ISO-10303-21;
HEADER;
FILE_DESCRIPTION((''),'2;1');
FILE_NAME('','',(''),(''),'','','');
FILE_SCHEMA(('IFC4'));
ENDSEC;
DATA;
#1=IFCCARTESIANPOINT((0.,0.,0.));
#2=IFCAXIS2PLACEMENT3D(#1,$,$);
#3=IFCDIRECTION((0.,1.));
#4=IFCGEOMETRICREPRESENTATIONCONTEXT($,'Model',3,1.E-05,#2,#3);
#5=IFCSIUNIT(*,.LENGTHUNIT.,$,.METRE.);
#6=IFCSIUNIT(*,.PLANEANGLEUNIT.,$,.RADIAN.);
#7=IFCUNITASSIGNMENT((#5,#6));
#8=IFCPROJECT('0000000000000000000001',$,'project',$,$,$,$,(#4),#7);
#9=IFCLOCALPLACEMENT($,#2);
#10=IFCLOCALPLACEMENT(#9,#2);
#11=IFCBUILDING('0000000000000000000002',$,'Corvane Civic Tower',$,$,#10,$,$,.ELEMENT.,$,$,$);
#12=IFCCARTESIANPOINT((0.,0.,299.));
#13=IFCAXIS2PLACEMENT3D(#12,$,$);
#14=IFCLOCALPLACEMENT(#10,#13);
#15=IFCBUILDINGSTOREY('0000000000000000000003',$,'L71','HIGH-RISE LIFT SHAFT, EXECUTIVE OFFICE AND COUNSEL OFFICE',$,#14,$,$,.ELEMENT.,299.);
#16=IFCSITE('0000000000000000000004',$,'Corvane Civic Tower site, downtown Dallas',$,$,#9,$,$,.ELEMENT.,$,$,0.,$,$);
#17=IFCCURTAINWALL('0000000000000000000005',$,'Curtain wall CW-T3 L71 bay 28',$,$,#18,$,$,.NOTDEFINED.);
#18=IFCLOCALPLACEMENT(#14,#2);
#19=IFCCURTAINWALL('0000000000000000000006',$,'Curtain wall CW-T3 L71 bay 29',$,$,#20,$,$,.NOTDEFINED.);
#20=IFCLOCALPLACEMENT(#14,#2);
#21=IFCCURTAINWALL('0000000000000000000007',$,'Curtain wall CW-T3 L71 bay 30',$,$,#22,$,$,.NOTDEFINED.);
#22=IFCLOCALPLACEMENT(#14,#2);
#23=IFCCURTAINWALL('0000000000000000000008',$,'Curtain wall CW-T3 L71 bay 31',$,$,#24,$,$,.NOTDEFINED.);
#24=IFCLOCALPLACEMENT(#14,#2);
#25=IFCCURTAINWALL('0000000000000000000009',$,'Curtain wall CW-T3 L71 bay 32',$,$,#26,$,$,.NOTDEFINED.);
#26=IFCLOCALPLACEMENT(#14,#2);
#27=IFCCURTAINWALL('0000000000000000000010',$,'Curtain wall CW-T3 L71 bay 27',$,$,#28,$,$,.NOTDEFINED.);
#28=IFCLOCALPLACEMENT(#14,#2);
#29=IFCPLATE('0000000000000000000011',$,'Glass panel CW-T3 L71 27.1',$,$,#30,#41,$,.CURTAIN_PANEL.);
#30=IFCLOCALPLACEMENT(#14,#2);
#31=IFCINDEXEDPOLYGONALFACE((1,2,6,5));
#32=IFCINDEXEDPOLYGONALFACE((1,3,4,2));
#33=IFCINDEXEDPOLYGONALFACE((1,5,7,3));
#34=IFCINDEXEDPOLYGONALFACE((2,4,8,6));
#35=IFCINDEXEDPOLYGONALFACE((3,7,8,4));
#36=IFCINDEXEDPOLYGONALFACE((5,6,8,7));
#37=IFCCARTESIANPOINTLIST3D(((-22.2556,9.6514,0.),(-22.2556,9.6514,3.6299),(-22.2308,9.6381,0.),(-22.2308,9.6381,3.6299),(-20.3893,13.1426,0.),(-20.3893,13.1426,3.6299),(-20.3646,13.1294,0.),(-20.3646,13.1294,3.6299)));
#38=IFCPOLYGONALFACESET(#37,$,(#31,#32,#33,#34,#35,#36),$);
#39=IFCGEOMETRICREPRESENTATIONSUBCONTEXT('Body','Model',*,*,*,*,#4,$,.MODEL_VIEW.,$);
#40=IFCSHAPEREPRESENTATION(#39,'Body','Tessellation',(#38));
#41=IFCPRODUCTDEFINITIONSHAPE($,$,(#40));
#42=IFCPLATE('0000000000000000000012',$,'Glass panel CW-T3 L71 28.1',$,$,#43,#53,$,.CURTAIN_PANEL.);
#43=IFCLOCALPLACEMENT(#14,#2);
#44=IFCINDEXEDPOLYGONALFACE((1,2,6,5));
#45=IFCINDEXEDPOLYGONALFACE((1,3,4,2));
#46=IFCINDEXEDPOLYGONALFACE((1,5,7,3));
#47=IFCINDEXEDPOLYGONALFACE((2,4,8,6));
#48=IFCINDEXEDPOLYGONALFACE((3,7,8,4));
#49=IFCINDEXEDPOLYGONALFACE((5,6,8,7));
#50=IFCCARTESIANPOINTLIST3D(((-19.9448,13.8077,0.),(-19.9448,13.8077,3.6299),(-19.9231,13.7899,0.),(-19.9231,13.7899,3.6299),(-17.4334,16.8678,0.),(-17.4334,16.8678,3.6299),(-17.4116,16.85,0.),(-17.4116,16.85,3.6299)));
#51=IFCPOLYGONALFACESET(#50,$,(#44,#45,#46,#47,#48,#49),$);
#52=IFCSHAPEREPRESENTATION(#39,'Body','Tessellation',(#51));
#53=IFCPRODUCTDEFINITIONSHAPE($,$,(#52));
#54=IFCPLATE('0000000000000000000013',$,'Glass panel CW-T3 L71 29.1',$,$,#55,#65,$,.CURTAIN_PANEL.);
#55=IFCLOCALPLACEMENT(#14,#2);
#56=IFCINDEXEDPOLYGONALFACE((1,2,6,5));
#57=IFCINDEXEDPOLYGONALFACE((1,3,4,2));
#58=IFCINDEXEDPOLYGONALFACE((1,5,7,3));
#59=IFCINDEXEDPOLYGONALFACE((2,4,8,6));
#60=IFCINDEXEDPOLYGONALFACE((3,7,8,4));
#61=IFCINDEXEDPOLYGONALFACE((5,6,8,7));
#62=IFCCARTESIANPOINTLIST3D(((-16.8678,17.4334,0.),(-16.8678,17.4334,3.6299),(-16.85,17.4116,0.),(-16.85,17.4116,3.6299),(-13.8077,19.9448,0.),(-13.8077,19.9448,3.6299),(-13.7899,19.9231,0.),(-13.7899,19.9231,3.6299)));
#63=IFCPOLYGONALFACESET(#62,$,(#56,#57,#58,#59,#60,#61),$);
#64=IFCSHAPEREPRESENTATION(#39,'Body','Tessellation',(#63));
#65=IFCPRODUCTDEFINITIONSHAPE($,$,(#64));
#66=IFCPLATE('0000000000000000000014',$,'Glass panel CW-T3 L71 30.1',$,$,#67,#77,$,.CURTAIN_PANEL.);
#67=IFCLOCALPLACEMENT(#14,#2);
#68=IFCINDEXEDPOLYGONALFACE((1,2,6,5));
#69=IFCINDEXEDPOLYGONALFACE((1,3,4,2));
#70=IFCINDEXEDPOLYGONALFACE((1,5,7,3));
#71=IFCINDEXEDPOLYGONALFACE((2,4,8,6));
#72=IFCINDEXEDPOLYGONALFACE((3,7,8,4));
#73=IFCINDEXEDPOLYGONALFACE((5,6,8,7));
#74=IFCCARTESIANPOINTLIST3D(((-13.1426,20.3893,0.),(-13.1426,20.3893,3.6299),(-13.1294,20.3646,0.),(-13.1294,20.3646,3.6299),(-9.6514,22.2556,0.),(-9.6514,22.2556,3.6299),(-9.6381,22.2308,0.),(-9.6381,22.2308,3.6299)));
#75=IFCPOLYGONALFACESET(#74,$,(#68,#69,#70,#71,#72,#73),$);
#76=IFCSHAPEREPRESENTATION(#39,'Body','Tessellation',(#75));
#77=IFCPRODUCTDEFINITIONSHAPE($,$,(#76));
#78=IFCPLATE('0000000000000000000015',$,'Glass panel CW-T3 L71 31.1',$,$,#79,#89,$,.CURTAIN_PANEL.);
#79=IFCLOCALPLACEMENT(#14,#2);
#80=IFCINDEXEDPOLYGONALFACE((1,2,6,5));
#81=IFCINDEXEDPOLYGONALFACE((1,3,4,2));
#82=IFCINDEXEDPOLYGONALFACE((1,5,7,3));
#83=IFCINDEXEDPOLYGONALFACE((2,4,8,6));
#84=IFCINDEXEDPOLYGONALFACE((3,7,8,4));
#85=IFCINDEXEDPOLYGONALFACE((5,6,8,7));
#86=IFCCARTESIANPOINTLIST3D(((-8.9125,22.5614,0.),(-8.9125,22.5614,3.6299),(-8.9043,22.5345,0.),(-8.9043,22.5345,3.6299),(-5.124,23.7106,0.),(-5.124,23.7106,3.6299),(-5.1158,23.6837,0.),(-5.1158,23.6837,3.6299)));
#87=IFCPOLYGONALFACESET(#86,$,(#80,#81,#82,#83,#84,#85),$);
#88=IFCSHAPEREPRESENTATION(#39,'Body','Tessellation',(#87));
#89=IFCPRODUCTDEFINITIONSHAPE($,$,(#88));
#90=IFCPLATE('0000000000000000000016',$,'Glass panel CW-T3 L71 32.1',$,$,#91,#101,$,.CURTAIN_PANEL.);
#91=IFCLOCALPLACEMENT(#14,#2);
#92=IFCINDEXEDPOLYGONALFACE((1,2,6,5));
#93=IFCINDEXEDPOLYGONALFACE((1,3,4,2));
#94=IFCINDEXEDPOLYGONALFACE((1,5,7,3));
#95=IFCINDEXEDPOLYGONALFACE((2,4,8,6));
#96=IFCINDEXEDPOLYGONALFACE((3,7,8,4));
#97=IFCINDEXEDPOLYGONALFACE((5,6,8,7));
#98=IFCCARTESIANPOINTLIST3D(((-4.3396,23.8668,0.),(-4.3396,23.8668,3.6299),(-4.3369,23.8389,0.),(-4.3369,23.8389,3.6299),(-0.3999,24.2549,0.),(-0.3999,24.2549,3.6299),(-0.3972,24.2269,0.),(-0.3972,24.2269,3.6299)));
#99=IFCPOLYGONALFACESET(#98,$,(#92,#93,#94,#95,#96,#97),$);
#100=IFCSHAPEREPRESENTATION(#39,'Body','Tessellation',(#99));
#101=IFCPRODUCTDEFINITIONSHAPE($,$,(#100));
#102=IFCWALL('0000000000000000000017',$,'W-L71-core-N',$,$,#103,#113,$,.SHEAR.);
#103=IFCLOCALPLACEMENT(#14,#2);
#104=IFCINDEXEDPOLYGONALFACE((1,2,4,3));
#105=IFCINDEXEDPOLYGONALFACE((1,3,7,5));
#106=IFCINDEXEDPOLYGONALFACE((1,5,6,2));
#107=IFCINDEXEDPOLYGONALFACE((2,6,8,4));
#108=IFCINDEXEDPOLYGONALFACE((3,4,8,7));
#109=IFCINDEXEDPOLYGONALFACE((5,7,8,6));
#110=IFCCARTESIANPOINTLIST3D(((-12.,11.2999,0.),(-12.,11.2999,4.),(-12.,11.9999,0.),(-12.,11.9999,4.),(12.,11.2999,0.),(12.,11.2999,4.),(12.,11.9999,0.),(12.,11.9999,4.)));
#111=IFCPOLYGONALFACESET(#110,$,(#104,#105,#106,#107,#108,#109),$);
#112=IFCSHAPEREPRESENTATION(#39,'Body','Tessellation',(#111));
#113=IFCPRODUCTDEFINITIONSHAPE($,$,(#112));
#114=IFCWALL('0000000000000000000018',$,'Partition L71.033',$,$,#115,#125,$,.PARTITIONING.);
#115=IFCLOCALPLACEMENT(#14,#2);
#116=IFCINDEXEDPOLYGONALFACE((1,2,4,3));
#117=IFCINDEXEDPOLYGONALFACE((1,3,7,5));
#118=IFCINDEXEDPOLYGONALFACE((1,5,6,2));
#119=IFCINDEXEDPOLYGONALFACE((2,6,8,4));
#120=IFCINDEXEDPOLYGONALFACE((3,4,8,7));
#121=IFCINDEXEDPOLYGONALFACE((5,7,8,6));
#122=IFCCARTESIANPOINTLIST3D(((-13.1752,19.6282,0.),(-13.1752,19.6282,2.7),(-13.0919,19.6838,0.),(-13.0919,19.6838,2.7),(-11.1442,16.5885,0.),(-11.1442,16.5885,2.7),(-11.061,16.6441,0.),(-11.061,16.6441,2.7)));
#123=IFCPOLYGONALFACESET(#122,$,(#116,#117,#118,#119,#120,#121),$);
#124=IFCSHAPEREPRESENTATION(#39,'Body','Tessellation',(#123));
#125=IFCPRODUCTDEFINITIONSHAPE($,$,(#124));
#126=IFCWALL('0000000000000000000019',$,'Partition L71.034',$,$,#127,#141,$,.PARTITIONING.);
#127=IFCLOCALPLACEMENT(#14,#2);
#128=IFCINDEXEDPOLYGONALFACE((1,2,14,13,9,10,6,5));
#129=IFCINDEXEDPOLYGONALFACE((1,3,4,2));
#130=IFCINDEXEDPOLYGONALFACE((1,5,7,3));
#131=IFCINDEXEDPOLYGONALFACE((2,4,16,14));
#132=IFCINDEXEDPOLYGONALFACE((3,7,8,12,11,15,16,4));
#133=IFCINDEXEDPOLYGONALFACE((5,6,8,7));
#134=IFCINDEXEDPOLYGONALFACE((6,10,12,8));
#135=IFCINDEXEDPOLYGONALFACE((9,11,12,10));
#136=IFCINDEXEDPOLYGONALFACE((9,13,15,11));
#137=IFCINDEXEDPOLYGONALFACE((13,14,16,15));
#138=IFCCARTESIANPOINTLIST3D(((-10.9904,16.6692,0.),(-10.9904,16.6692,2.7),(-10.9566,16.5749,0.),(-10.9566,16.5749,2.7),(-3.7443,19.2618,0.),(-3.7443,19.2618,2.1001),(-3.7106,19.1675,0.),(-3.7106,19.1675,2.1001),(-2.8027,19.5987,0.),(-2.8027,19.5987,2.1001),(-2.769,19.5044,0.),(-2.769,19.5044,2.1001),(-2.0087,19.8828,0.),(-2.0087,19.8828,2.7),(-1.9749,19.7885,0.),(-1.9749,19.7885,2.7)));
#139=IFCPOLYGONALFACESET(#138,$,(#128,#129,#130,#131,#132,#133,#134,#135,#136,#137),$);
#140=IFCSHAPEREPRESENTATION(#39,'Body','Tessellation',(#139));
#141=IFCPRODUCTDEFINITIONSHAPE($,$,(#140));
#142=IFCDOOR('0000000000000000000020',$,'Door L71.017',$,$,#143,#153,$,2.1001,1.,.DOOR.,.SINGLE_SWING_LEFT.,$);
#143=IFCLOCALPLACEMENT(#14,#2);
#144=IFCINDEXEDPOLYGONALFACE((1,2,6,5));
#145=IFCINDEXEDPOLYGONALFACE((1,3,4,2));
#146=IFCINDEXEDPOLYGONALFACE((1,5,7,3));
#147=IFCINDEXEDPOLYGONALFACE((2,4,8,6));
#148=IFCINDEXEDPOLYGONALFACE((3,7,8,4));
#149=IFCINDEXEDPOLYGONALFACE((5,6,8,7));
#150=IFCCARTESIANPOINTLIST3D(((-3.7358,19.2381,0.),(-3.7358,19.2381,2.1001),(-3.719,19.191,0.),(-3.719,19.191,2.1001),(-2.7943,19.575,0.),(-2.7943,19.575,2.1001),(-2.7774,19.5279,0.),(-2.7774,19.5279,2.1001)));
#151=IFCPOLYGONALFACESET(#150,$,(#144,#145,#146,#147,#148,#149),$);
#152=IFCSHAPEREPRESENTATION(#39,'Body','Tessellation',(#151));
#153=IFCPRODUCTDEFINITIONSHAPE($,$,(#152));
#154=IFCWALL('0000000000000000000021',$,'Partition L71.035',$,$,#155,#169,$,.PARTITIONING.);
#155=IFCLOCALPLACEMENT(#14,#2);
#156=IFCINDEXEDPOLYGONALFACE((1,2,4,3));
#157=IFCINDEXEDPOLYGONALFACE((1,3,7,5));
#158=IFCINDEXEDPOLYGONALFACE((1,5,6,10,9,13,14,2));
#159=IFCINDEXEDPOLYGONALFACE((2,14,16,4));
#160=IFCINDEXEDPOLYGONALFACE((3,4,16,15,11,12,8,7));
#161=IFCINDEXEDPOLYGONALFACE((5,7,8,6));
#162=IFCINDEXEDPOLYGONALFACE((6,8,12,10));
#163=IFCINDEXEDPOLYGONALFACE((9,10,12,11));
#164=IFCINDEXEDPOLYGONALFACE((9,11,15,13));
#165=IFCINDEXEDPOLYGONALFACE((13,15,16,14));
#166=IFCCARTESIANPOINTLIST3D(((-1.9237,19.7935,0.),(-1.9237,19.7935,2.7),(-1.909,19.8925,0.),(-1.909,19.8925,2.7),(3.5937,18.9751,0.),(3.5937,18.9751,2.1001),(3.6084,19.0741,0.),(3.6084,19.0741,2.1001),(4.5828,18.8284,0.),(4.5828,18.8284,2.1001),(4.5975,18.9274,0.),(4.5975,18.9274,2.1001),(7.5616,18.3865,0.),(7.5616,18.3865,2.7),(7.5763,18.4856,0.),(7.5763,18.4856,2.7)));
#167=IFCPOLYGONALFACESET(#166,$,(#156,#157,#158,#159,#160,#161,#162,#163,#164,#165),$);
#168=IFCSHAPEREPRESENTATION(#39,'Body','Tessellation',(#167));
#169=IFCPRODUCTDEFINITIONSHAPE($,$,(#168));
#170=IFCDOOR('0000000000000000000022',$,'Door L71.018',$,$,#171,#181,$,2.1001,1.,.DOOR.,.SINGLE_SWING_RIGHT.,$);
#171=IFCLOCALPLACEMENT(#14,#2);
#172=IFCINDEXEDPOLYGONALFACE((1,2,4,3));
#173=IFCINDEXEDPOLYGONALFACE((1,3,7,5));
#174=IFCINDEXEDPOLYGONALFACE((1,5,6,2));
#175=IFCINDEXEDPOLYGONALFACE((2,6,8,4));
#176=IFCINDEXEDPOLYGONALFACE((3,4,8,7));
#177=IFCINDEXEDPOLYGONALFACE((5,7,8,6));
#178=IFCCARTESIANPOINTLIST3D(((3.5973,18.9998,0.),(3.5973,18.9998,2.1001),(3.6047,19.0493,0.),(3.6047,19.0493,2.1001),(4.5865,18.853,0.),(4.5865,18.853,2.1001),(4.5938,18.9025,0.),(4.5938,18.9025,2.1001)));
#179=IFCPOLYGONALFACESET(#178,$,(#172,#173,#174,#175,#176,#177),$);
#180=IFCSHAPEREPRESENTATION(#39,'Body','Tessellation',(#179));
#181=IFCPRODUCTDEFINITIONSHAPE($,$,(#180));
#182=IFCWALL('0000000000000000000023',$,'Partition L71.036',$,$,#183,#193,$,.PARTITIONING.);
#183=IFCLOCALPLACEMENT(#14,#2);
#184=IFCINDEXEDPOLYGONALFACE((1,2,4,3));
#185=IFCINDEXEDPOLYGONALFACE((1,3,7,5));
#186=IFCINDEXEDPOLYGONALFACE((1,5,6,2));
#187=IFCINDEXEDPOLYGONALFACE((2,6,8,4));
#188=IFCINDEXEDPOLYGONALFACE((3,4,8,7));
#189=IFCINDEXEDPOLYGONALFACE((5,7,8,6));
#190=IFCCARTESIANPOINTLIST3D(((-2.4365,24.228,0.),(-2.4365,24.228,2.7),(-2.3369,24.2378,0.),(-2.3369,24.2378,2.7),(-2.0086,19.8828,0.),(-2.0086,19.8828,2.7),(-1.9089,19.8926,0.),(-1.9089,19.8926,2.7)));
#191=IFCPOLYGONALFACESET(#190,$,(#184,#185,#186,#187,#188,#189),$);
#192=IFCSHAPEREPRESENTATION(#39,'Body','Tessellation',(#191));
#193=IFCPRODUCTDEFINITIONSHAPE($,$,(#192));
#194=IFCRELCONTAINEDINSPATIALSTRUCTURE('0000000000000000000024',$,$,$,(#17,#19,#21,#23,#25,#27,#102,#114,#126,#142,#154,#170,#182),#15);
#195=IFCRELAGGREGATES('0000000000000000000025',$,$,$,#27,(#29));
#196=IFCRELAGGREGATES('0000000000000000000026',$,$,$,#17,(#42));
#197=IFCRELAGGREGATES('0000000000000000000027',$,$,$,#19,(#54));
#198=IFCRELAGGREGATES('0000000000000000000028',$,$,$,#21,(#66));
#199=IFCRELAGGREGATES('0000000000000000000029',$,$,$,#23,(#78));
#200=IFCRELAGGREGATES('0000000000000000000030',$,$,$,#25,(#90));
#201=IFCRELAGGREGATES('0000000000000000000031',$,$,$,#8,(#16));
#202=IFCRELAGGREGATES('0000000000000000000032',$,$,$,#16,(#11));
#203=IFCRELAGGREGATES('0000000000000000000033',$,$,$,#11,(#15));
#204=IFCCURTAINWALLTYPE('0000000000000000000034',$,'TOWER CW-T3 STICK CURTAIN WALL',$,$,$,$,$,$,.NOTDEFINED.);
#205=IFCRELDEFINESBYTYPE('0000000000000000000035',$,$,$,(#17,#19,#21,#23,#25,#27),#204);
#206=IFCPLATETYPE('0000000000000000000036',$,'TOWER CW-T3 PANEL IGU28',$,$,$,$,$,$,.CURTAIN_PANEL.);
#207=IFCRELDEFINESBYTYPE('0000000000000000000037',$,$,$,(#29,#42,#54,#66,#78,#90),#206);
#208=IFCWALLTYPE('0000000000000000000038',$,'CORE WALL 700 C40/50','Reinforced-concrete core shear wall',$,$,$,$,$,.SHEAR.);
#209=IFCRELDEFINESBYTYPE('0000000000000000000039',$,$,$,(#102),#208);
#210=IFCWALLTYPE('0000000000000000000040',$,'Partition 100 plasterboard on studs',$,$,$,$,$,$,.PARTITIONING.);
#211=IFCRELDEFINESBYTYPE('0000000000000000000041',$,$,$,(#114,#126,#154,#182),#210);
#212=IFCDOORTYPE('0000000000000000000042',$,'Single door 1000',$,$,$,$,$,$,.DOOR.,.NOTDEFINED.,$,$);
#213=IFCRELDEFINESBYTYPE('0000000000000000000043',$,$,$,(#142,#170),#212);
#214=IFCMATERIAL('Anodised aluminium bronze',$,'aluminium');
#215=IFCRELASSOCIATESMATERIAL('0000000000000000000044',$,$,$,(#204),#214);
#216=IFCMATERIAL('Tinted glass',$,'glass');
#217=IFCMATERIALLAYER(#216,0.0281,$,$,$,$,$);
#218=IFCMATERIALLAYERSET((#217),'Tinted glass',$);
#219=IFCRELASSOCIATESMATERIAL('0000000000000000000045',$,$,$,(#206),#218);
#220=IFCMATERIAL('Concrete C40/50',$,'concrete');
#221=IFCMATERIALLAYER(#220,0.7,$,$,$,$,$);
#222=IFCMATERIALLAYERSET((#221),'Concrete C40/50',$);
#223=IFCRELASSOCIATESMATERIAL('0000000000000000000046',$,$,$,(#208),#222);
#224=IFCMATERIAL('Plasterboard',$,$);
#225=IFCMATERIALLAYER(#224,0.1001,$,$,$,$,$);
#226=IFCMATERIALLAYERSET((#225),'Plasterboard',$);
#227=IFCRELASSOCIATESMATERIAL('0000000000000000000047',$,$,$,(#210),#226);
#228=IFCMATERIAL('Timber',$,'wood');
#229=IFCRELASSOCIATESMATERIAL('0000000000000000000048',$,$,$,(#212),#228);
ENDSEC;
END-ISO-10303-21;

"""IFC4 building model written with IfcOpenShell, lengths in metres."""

from ifc_helpers import new_model, si_unit, direction, frame, frame_2d, origin, origin_2d, place, context, subcontext, project, spatial, rectangle, extrude, material, layer, layer_set, type_object, element, fill, aggregate, save


model = new_model("IFC4")

# Units and contexts
model_context = context("Model", 3, precision=1e-05, world=origin(), true_north=direction((0.0, 1.0)))
body_context = subcontext(model_context, "Body", "Model", "MODEL_VIEW")
ifc_project = project(units=[si_unit("LENGTHUNIT", "METRE"), si_unit("PLANEANGLEUNIT", "RADIAN")], contexts=[model_context])

# Site, building, storey
site_placement = place(None, origin())
site = spatial("IfcSite", under=ifc_project, at=site_placement, Name="Corvane Civic Tower site, downtown Dallas", CompositionType="ELEMENT", RefElevation=0.0)
building_placement = place(site_placement, origin())
building = spatial("IfcBuilding", under=site, at=building_placement, Name="Corvane Civic Tower", CompositionType="ELEMENT")
storey_placement = place(building_placement, frame((0.0, 0.0, 299.0)))
storey = spatial("IfcBuildingStorey", under=building, at=storey_placement, Name="L71", Description="HIGH-RISE LIFT SHAFT, EXECUTIVE OFFICE AND COUNSEL OFFICE", CompositionType="ELEMENT", Elevation=299.0)

# Curtain walls
ifc_material_1 = material(Name="Anodised aluminium bronze", Category="aluminium")
curtain_wall_type = type_object("IfcCurtainWallType", Name="TOWER CW-T3 STICK CURTAIN WALL", PredefinedType="NOTDEFINED", material=ifc_material_1)
curtain_wall_1_placement = place(storey_placement, origin())
curtain_wall_1 = element("IfcCurtainWall", 1, at=curtain_wall_1_placement, inside=storey, type_object=curtain_wall_type, Name="Curtain wall CW-T3 L71 bay 28", PredefinedType="NOTDEFINED")
curtain_wall_2_placement = place(storey_placement, origin())
curtain_wall_2 = element("IfcCurtainWall", 2, at=curtain_wall_2_placement, inside=storey, type_object=curtain_wall_type, Name="Curtain wall CW-T3 L71 bay 29", PredefinedType="NOTDEFINED")
curtain_wall_3_placement = place(storey_placement, origin())
curtain_wall_3 = element("IfcCurtainWall", 3, at=curtain_wall_3_placement, inside=storey, type_object=curtain_wall_type, Name="Curtain wall CW-T3 L71 bay 30", PredefinedType="NOTDEFINED")
curtain_wall_4_placement = place(storey_placement, origin())
curtain_wall_4 = element("IfcCurtainWall", 4, at=curtain_wall_4_placement, inside=storey, type_object=curtain_wall_type, Name="Curtain wall CW-T3 L71 bay 31", PredefinedType="NOTDEFINED")
curtain_wall_5_placement = place(storey_placement, origin())
curtain_wall_5 = element("IfcCurtainWall", 5, at=curtain_wall_5_placement, inside=storey, type_object=curtain_wall_type, Name="Curtain wall CW-T3 L71 bay 32", PredefinedType="NOTDEFINED")

# Curtain wall, plate
curtain_wall_6_placement = place(storey_placement, origin())
curtain_wall_6 = element("IfcCurtainWall", 6, at=curtain_wall_6_placement, inside=storey, type_object=curtain_wall_type, Name="Curtain wall CW-T3 L71 bay 27", PredefinedType="NOTDEFINED")
ifc_material_2 = material(Name="Tinted glass", Category="glass")
ifc_layer_1 = layer(ifc_material_2, 0.0281)
ifc_layer_set_1 = layer_set([ifc_layer_1], Name="Tinted glass")
plate_type = type_object("IfcPlateType", Name="TOWER CW-T3 PANEL IGU28", PredefinedType="CURTAIN_PANEL", material=ifc_layer_set_1)
plate_1_placement = place(storey_placement, frame((-21.3101, 11.3904, 0.0), z_axis=(0.0, 0.0, 1.0), x_axis=(0.471421, 0.881908, 0.0)))
plate_1 = element("IfcPlate", 7, at=plate_1_placement, type_object=plate_type, Name="Glass panel CW-T3 L71 27.1", PredefinedType="CURTAIN_PANEL", context=body_context, shape_type="SweptSolid", body=[
    extrude(rectangle(XDim=3.9587, YDim=0.0281, at=origin_2d()), origin(), (0.0, 0.0, 1.0), 3.6299),
])
aggregate(curtain_wall_6, [plate_1])

# Plates
plate_2_placement = place(storey_placement, frame((-18.6782, 15.3289, 0.0), z_axis=(0.0, 0.0, 1.0), x_axis=(0.634405, 0.773001, 0.0)))
plate_2 = element("IfcPlate", 8, at=plate_2_placement, type_object=plate_type, Name="Glass panel CW-T3 L71 28.1", PredefinedType="CURTAIN_PANEL", context=body_context, shape_type="SweptSolid", body=[
    extrude(rectangle(XDim=3.9587, YDim=0.0281, at=origin_2d()), origin(), (0.0, 0.0, 1.0), 3.6299),
])
aggregate(curtain_wall_1, [plate_2])
plate_3_placement = place(storey_placement, frame((-15.3289, 18.6782, 0.0), z_axis=(0.0, 0.0, 1.0), x_axis=(0.773001, 0.634405, 0.0)))
plate_3 = element("IfcPlate", 9, at=plate_3_placement, type_object=plate_type, Name="Glass panel CW-T3 L71 29.1", PredefinedType="CURTAIN_PANEL", context=body_context, shape_type="SweptSolid", body=[
    extrude(rectangle(XDim=3.9587, YDim=0.0281, at=origin_2d()), origin(), (0.0, 0.0, 1.0), 3.6299),
])
aggregate(curtain_wall_2, [plate_3])
plate_4_placement = place(storey_placement, frame((-11.3904, 21.3101, 0.0), z_axis=(0.0, 0.0, 1.0), x_axis=(0.881908, 0.471421, 0.0)))
plate_4 = element("IfcPlate", 10, at=plate_4_placement, type_object=plate_type, Name="Glass panel CW-T3 L71 30.1", PredefinedType="CURTAIN_PANEL", context=body_context, shape_type="SweptSolid", body=[
    extrude(rectangle(XDim=3.9587, YDim=0.0281, at=origin_2d()), origin(), (0.0, 0.0, 1.0), 3.6299),
])
aggregate(curtain_wall_3, [plate_4])
plate_5_placement = place(storey_placement, frame((-7.0142, 23.1226, 0.0), z_axis=(0.0, 0.0, 1.0), x_axis=(0.956944, 0.290274, 0.0)))
plate_5 = element("IfcPlate", 11, at=plate_5_placement, type_object=plate_type, Name="Glass panel CW-T3 L71 31.1", PredefinedType="CURTAIN_PANEL", context=body_context, shape_type="SweptSolid", body=[
    extrude(rectangle(XDim=3.959, YDim=0.0281, at=origin_2d()), origin(), (0.0, 0.0, 1.0), 3.6299),
])
aggregate(curtain_wall_4, [plate_5])
plate_6_placement = place(storey_placement, frame((-2.3684, 24.0469, 0.0), z_axis=(0.0, 0.0, 1.0), x_axis=(0.995184, 0.098021, 0.0)))
plate_6 = element("IfcPlate", 12, at=plate_6_placement, type_object=plate_type, Name="Glass panel CW-T3 L71 32.1", PredefinedType="CURTAIN_PANEL", context=body_context, shape_type="SweptSolid", body=[
    extrude(rectangle(XDim=3.9587, YDim=0.0281, at=origin_2d()), origin(), (0.0, 0.0, 1.0), 3.6299),
])
aggregate(curtain_wall_5, [plate_6])

# Walls
ifc_material_3 = material(Name="Concrete C40/50", Category="concrete")
ifc_layer_2 = layer(ifc_material_3, 0.7)
ifc_layer_set_2 = layer_set([ifc_layer_2], Name="Concrete C40/50")
wall_type_1 = type_object("IfcWallType", Name="CORE WALL 700 C40/50", Description="Reinforced-concrete core shear wall", PredefinedType="SHEAR", material=ifc_layer_set_2)
wall_1_placement = place(storey_placement, frame((-12.0, 11.6499, 0.0), z_axis=(0.0, 0.0, 1.0), x_axis=(1.0, 0.0, 0.0)))
element("IfcWall", 13, at=wall_1_placement, inside=storey, type_object=wall_type_1, Name="W-L71-core-N", PredefinedType="SHEAR", context=body_context, shape_type="SweptSolid", body=[
    extrude(rectangle(XDim=24.0, YDim=0.7, at=frame_2d((12.0, 0.0))), origin(), (0.0, 0.0, 1.0), 4.0),
])
ifc_material_4 = material(Name="Plasterboard")
ifc_layer_3 = layer(ifc_material_4, 0.1001)
ifc_layer_set_3 = layer_set([ifc_layer_3], Name="Plasterboard")
wall_type_2 = type_object("IfcWallType", Name="Partition 100 plasterboard on studs", PredefinedType="PARTITIONING", material=ifc_layer_set_3)
wall_2_placement = place(storey_placement, frame((-13.1335, 19.656, 0.0), z_axis=(0.0, 0.0, 1.0), x_axis=(0.555548, -0.831485, 0.0)))
element("IfcWall", 14, at=wall_2_placement, inside=storey, type_object=wall_type_2, Name="Partition L71.033", PredefinedType="PARTITIONING", context=body_context, shape_type="SweptSolid", body=[
    extrude(rectangle(XDim=3.6558, YDim=0.1001, at=frame_2d((1.8279, 0.0))), origin(), (0.0, 0.0, 1.0), 2.7),
])

# Walls, openings, doors
wall_3_placement = place(storey_placement, frame((-10.9734, 16.6221, 0.0), z_axis=(0.0, 0.0, 1.0), x_axis=(0.941547, 0.336883, 0.0)))
wall_3 = element("IfcWall", 15, at=wall_3_placement, inside=storey, type_object=wall_type_2, Name="Partition L71.034", PredefinedType="PARTITIONING", context=body_context, shape_type="SweptSolid", body=[
    extrude(rectangle(XDim=9.5393, YDim=0.1001, at=frame_2d((4.7695, 0.0))), origin(), (0.0, 0.0, 1.0), 2.7),
])
opening_1_placement = place(wall_3_placement, frame((7.6958, 0.0, 0.0)))
opening_1 = element("IfcOpeningElement", 16, at=opening_1_placement, cuts=wall_3, PredefinedType="OPENING", context=body_context, shape_type="SweptSolid", body=[
    extrude(rectangle(XDim=1.0, YDim=2.1001, at=frame_2d((0.5, 1.05))), frame((0.0, 0.0601, 0.0), z_axis=(0.0, -1.0, 0.0), x_axis=(1.0, 0.0, 0.0)), (0.0, 0.0, 1.0), 0.1201),
])
ifc_material_5 = material(Name="Timber", Category="wood")
door_type_1 = type_object("IfcDoorType", Name="Single door 1000", OperationType="NOTDEFINED", PredefinedType="DOOR", material=ifc_material_5)
door_1_placement = place(opening_1_placement, origin())
door_1 = element("IfcDoor", 17, at=door_1_placement, inside=storey, type_object=door_type_1, Name="Door L71.017", OperationType="SINGLE_SWING_LEFT", OverallHeight=2.1001, OverallWidth=1.0, PredefinedType="DOOR", context=body_context, shape_type="SweptSolid", body=[
    extrude(rectangle(XDim=1.0, YDim=2.1001, at=frame_2d((0.5, 1.05))), frame((0.0, 0.0249, 0.0), z_axis=(0.0, -1.0, 0.0), x_axis=(1.0, 0.0, 0.0)), (0.0, 0.0, 1.0), 0.05),
])
fill(opening_1, door_1)
wall_4_placement = place(storey_placement, frame((-1.9163, 19.843, 0.0), z_axis=(0.0, 0.0, 1.0), x_axis=(0.989177, -0.146727, 0.0)))
wall_4 = element("IfcWall", 18, at=wall_4_placement, inside=storey, type_object=wall_type_2, Name="Partition L71.035", PredefinedType="PARTITIONING", context=body_context, shape_type="SweptSolid", body=[
    extrude(rectangle(XDim=9.5891, YDim=0.1001, at=frame_2d((4.7944, 0.0))), origin(), (0.0, 0.0, 1.0), 2.7),
])
opening_2_placement = place(wall_4_placement, frame((5.5776, 0.0, 0.0)))
opening_2 = element("IfcOpeningElement", 19, at=opening_2_placement, cuts=wall_4, PredefinedType="OPENING", context=body_context, shape_type="SweptSolid", body=[
    extrude(rectangle(XDim=1.0, YDim=2.1001, at=frame_2d((0.5, 1.05))), frame((0.0, 0.0601, 0.0), z_axis=(0.0, -1.0, 0.0), x_axis=(1.0, 0.0, 0.0)), (0.0, 0.0, 1.0), 0.1201),
])
door_2_placement = place(opening_2_placement, origin())
door_2 = element("IfcDoor", 20, at=door_2_placement, inside=storey, type_object=door_type_1, Name="Door L71.018", OperationType="SINGLE_SWING_RIGHT", OverallHeight=2.1001, OverallWidth=1.0, PredefinedType="DOOR", context=body_context, shape_type="SweptSolid", body=[
    extrude(rectangle(XDim=1.0, YDim=2.1001, at=frame_2d((0.5, 1.05))), frame((0.0, 0.0249, 0.0), z_axis=(0.0, -1.0, 0.0), x_axis=(1.0, 0.0, 0.0)), (0.0, 0.0, 1.0), 0.05),
])
fill(opening_2, door_2)

# Wall
wall_5_placement = place(storey_placement, frame((-2.3867, 24.2329, 0.0), z_axis=(0.0, 0.0, 1.0), x_axis=(0.09802, -0.995184, 0.0)))
element("IfcWall", 21, at=wall_5_placement, inside=storey, type_object=wall_type_2, Name="Partition L71.036", PredefinedType="PARTITIONING", context=body_context, shape_type="SweptSolid", body=[
    extrude(rectangle(XDim=4.3662, YDim=0.1001, at=frame_2d((2.1831, 0.0))), origin(), (0.0, 0.0, 1.0), 2.7),
])

save(model, "model.ifc")
